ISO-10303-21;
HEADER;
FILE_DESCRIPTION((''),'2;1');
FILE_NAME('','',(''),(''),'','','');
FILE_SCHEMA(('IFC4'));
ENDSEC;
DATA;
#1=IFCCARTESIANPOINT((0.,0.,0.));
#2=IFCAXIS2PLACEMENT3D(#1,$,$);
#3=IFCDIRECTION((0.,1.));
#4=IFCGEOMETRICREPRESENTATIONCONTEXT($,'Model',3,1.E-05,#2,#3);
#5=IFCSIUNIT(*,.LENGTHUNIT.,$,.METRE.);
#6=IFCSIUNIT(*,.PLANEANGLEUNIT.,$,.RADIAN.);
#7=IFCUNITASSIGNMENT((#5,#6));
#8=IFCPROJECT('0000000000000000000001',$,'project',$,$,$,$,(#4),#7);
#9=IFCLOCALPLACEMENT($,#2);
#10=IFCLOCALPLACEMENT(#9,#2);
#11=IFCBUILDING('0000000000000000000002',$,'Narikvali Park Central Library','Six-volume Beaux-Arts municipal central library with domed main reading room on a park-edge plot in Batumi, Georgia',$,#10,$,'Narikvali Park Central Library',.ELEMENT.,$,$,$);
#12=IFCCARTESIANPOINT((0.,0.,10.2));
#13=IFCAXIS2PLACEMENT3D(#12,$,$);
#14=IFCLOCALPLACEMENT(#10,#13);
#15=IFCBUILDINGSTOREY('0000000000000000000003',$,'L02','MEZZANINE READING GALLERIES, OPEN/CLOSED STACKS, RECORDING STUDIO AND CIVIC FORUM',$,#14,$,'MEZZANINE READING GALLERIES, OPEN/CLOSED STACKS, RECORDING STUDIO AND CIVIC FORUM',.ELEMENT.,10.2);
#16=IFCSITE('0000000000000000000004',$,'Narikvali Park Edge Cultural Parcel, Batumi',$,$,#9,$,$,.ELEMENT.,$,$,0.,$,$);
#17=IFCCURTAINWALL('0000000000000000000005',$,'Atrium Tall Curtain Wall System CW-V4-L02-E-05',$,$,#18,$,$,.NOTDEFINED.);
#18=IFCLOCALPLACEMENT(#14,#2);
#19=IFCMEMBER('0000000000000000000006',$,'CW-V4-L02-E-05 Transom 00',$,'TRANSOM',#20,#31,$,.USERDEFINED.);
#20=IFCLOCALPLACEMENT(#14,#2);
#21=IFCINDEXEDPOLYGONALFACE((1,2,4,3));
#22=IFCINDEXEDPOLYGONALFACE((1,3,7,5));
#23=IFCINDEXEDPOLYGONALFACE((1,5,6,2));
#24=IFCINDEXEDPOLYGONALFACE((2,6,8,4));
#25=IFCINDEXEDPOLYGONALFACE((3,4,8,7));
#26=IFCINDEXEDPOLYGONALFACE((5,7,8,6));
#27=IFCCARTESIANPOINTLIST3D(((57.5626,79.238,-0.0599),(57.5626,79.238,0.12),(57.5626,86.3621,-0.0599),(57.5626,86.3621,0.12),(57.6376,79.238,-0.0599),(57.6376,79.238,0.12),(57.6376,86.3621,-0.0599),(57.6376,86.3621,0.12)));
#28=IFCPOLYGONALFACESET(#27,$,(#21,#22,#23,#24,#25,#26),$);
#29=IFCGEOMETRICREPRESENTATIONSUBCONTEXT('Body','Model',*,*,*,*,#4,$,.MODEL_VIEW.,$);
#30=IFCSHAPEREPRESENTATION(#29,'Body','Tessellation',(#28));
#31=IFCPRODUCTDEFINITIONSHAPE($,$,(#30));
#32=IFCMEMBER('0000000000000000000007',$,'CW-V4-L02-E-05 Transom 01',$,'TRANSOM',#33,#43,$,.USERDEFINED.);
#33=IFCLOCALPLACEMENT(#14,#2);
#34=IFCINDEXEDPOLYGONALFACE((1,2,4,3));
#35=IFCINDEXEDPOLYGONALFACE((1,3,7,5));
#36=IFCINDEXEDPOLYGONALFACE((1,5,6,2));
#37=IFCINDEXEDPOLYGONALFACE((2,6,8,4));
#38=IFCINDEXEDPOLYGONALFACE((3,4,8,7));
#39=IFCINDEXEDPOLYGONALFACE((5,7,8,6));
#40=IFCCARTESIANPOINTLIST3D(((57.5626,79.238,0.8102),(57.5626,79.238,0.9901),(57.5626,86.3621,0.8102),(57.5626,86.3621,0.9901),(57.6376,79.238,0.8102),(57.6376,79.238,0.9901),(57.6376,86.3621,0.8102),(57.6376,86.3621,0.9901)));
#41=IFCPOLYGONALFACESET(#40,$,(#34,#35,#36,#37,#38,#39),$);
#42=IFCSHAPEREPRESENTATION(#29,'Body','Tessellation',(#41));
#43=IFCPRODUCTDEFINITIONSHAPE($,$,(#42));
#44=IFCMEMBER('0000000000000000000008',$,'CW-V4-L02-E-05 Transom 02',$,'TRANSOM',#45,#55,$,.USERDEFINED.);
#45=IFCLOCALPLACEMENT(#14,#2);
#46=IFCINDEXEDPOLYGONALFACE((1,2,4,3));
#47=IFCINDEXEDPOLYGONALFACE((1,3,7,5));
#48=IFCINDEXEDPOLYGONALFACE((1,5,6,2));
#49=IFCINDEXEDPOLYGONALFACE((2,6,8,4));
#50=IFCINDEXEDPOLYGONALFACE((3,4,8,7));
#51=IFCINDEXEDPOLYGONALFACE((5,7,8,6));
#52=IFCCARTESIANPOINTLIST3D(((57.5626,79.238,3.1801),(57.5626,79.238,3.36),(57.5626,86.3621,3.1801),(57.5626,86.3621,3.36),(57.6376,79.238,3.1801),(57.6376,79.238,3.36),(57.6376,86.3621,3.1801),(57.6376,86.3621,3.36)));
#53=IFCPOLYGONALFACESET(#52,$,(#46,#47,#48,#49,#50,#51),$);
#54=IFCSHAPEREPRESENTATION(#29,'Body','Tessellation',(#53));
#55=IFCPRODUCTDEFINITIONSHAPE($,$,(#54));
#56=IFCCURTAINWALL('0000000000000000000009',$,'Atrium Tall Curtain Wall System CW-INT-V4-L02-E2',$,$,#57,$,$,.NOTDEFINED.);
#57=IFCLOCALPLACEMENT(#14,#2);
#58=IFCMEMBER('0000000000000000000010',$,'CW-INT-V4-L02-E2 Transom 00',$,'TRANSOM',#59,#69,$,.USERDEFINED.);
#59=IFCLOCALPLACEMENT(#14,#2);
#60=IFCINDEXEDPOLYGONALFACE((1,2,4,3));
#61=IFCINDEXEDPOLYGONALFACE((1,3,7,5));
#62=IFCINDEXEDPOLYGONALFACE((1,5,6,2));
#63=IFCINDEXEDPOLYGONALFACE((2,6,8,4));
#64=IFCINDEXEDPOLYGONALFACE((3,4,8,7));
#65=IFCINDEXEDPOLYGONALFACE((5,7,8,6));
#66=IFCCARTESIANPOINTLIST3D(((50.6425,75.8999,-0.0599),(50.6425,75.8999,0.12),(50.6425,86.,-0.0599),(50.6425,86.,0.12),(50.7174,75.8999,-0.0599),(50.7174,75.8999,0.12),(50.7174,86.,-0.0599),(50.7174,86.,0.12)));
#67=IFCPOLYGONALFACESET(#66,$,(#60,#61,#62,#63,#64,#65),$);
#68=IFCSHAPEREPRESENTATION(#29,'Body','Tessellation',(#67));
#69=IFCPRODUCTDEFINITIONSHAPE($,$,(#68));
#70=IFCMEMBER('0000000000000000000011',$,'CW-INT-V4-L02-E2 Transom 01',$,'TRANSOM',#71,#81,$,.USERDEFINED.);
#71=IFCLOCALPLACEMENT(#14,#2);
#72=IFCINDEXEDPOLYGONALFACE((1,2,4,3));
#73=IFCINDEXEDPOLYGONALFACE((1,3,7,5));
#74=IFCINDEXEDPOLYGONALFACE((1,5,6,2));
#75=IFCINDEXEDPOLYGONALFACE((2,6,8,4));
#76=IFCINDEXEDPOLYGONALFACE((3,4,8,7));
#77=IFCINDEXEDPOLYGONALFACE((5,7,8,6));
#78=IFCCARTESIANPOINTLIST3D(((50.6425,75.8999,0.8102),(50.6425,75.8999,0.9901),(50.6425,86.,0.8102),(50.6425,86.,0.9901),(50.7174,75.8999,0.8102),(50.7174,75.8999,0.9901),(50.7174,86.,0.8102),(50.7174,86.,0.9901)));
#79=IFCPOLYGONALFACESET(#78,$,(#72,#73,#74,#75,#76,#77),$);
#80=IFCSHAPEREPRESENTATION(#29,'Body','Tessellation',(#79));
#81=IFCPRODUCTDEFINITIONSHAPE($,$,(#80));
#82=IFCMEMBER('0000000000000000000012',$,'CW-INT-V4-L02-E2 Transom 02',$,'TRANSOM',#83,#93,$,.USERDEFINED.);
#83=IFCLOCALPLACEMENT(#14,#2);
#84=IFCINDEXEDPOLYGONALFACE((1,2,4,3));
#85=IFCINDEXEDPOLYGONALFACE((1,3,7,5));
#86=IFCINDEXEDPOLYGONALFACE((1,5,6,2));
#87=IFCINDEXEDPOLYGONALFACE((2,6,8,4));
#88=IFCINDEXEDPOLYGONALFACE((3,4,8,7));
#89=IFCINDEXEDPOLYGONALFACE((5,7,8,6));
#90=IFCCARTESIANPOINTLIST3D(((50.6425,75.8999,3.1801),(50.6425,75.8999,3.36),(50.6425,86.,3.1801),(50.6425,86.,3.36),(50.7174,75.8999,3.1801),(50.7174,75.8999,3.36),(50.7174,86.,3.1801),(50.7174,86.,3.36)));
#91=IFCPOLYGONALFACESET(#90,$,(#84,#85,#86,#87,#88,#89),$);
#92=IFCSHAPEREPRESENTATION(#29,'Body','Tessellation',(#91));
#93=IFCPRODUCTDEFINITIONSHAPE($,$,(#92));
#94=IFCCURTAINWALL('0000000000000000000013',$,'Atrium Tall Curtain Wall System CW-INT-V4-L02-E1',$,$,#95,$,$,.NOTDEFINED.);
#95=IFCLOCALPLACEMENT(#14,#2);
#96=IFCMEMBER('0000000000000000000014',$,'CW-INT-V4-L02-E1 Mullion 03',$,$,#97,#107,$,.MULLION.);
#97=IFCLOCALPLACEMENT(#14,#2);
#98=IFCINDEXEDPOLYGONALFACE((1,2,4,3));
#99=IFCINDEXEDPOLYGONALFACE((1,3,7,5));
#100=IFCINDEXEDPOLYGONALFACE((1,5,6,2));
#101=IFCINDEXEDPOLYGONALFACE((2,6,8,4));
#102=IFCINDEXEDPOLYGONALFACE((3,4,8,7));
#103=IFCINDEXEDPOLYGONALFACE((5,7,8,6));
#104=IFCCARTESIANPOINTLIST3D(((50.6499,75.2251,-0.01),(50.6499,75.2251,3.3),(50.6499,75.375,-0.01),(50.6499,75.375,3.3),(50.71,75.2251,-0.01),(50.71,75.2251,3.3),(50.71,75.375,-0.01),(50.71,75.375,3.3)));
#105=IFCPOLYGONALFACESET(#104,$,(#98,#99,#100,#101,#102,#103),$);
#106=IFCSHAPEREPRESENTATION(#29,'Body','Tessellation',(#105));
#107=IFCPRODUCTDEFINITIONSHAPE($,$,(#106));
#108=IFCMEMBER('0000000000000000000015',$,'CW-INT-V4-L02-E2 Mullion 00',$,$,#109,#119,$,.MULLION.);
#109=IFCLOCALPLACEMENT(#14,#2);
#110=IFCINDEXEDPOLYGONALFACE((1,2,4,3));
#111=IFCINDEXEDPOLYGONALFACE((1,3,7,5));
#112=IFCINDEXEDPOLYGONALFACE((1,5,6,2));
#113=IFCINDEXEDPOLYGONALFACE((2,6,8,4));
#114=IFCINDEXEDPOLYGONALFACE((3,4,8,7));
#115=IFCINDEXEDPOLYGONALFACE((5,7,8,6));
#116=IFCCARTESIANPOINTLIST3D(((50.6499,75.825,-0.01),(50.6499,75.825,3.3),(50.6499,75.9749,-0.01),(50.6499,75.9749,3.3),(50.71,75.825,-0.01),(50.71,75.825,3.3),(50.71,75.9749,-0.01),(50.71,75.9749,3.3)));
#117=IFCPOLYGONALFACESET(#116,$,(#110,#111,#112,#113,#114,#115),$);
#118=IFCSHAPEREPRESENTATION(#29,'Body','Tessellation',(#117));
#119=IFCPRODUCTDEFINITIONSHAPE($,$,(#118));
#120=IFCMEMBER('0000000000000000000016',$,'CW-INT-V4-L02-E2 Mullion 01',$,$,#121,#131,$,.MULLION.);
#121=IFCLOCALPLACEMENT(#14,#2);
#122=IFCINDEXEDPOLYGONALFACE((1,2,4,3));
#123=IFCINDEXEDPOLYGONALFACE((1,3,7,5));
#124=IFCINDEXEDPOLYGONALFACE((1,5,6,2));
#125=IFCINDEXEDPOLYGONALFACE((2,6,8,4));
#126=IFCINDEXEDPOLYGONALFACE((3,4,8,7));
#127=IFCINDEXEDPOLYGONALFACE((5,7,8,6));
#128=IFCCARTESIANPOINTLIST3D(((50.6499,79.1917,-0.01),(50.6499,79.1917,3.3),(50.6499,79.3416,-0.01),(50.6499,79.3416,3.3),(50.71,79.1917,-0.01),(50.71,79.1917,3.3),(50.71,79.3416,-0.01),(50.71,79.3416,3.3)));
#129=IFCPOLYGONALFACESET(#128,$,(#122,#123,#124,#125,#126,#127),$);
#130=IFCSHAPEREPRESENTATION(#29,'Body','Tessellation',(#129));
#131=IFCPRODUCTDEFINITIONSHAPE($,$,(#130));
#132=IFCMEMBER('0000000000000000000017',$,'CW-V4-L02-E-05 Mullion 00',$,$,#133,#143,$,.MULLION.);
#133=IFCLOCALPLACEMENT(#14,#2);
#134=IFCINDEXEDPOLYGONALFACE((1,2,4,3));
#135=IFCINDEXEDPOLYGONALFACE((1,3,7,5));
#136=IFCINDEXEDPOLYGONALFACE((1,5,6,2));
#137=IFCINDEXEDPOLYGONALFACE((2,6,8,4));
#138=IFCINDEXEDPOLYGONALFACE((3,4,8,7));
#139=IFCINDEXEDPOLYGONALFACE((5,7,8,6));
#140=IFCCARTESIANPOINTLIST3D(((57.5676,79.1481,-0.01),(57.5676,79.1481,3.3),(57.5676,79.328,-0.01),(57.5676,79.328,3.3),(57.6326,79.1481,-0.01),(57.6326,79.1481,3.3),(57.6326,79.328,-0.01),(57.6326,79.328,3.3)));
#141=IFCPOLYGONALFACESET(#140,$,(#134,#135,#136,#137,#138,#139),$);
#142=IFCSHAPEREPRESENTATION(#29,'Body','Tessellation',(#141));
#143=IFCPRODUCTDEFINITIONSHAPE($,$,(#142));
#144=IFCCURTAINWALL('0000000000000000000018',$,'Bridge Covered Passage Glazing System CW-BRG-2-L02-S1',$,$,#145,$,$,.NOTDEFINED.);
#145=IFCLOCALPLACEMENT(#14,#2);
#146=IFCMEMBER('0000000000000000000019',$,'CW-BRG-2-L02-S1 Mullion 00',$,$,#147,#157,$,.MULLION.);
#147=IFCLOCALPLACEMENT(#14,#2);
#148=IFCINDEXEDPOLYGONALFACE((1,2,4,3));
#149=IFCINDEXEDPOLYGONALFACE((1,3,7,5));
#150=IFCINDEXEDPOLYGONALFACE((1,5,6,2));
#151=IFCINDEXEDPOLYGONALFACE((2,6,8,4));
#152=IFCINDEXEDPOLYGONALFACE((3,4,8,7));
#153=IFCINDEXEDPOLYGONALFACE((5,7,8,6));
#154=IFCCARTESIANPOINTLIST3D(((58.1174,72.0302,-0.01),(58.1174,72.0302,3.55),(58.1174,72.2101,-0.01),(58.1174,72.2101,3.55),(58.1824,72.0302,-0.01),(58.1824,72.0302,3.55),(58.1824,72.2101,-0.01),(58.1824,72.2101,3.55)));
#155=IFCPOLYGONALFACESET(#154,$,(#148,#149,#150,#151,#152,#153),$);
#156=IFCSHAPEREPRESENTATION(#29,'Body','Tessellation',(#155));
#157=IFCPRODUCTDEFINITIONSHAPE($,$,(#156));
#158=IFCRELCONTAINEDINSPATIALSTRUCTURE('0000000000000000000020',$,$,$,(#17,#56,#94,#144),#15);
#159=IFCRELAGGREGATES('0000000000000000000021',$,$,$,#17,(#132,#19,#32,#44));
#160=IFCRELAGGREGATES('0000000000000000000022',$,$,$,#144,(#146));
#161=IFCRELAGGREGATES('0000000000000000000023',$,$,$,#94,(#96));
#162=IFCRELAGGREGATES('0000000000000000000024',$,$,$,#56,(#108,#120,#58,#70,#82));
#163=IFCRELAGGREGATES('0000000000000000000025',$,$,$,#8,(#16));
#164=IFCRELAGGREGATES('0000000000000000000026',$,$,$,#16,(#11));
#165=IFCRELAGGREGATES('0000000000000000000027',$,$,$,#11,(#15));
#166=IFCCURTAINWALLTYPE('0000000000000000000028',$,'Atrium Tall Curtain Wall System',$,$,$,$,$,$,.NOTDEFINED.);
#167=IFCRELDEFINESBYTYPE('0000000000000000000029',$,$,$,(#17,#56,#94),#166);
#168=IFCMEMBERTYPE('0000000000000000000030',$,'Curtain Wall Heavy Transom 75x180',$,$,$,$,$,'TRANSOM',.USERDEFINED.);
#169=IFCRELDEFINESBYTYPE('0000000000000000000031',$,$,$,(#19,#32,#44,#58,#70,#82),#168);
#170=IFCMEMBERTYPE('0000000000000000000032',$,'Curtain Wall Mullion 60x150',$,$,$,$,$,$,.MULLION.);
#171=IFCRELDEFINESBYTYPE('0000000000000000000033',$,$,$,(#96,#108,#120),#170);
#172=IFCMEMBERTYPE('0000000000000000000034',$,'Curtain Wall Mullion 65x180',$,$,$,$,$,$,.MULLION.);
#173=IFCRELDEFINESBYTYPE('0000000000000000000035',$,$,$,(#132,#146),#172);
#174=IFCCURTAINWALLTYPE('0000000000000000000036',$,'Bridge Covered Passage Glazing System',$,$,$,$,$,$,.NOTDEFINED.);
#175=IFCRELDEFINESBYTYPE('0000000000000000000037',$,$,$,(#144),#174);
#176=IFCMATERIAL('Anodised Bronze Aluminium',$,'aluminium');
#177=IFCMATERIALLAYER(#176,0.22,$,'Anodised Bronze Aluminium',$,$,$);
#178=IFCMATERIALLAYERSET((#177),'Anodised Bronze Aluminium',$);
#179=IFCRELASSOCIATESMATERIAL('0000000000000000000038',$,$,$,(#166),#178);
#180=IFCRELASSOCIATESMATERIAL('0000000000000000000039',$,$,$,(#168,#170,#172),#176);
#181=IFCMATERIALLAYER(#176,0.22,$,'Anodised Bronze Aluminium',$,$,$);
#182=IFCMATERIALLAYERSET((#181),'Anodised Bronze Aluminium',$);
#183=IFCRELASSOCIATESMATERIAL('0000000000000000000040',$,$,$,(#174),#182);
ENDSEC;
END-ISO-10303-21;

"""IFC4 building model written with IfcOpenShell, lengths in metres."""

from ifc_helpers import new_model, si_unit, direction, frame, origin, origin_2d, place, context, subcontext, project, spatial, rectangle, extrude, material, layer, layer_set, material_profile, profile_set, type_object, element, aggregate, save


model = new_model("IFC4")

# Units and contexts
model_context = context("Model", 3, precision=1e-05, world=origin(), true_north=direction((0.0, 1.0)))
body_context = subcontext(model_context, "Body", "Model", "MODEL_VIEW")
ifc_project = project(units=[si_unit("LENGTHUNIT", "METRE"), si_unit("PLANEANGLEUNIT", "RADIAN")], contexts=[model_context])

# Site, building, storey
site_placement = place(None, origin())
site = spatial("IfcSite", under=ifc_project, at=site_placement, Name="Narikvali Park Edge Cultural Parcel, Batumi", CompositionType="ELEMENT", RefElevation=0.0)
building_placement = place(site_placement, origin())
building = spatial("IfcBuilding", under=site, at=building_placement, Name="Narikvali Park Central Library", Description="Six-volume Beaux-Arts municipal central library with domed main reading room on a park-edge plot in Batumi, Georgia", LongName="Narikvali Park Central Library", CompositionType="ELEMENT")
storey_placement = place(building_placement, frame((0.0, 0.0, 10.2)))
storey = spatial("IfcBuildingStorey", under=building, at=storey_placement, Name="L02", Description="MEZZANINE READING GALLERIES, OPEN/CLOSED STACKS, RECORDING STUDIO AND CIVIC FORUM", LongName="MEZZANINE READING GALLERIES, OPEN/CLOSED STACKS, RECORDING STUDIO AND CIVIC FORUM", CompositionType="ELEMENT", Elevation=10.2)

# Curtain walls, members
ifc_material_1 = material(Name="Anodised Bronze Aluminium", Category="aluminium")
ifc_layer_1 = layer(ifc_material_1, 0.22, Name="Anodised Bronze Aluminium")
ifc_layer_set_1 = layer_set([ifc_layer_1], Name="Anodised Bronze Aluminium")
curtain_wall_type_1 = type_object("IfcCurtainWallType", Name="Atrium Tall Curtain Wall System", PredefinedType="NOTDEFINED", material=ifc_layer_set_1)
curtain_wall_1_placement = place(storey_placement, origin())
curtain_wall_1 = element("IfcCurtainWall", 1, at=curtain_wall_1_placement, inside=storey, type_object=curtain_wall_type_1, Name="Atrium Tall Curtain Wall System CW-V4-L02-E-05", PredefinedType="NOTDEFINED")
ifc_material_profile_1 = material_profile(ifc_material_1, rectangle(XDim=0.075, YDim=0.1799, at=origin_2d()), Name="CW TRANSOM 75x180")
ifc_profile_set_1 = profile_set([ifc_material_profile_1], Name="Anodised Bronze Aluminium")
member_type_1 = type_object("IfcMemberType", Name="Curtain Wall Heavy Transom 75x180", ElementType="TRANSOM", PredefinedType="USERDEFINED", material=ifc_profile_set_1)
member_1_placement = place(storey_placement, frame((57.6001, 79.238, 0.03), z_axis=(0.0, 1.0, 0.0), x_axis=(-1.0, 0.0, 0.0)))
member_1 = element("IfcMember", 2, at=member_1_placement, type_object=member_type_1, Name="CW-V4-L02-E-05 Transom 00", ObjectType="TRANSOM", PredefinedType="USERDEFINED", context=body_context, shape_type="SweptSolid", body=[
    extrude(rectangle(XDim=0.075, YDim=0.1799, at=origin_2d()), origin(), (0.0, 0.0, 1.0), 7.124),
])
member_2_placement = place(storey_placement, frame((57.6001, 79.238, 0.9001), z_axis=(0.0, 1.0, 0.0), x_axis=(-1.0, 0.0, 0.0)))
member_2 = element("IfcMember", 3, at=member_2_placement, type_object=member_type_1, Name="CW-V4-L02-E-05 Transom 01", ObjectType="TRANSOM", PredefinedType="USERDEFINED", context=body_context, shape_type="SweptSolid", body=[
    extrude(rectangle(XDim=0.075, YDim=0.1799, at=origin_2d()), origin(), (0.0, 0.0, 1.0), 7.124),
])
member_3_placement = place(storey_placement, frame((57.6001, 79.238, 3.27), z_axis=(0.0, 1.0, 0.0), x_axis=(-1.0, 0.0, 0.0)))
member_3 = element("IfcMember", 4, at=member_3_placement, type_object=member_type_1, Name="CW-V4-L02-E-05 Transom 02", ObjectType="TRANSOM", PredefinedType="USERDEFINED", context=body_context, shape_type="SweptSolid", body=[
    extrude(rectangle(XDim=0.075, YDim=0.1799, at=origin_2d()), origin(), (0.0, 0.0, 1.0), 7.124),
])
curtain_wall_2_placement = place(storey_placement, origin())
curtain_wall_2 = element("IfcCurtainWall", 5, at=curtain_wall_2_placement, inside=storey, type_object=curtain_wall_type_1, Name="Atrium Tall Curtain Wall System CW-INT-V4-L02-E2", PredefinedType="NOTDEFINED")
member_4_placement = place(storey_placement, frame((50.6799, 75.8999, 0.03), z_axis=(0.0, 1.0, 0.0), x_axis=(-1.0, 0.0, 0.0)))
member_4 = element("IfcMember", 6, at=member_4_placement, type_object=member_type_1, Name="CW-INT-V4-L02-E2 Transom 00", ObjectType="TRANSOM", PredefinedType="USERDEFINED", context=body_context, shape_type="SweptSolid", body=[
    extrude(rectangle(XDim=0.075, YDim=0.1799, at=origin_2d()), origin(), (0.0, 0.0, 1.0), 10.1001),
])
member_5_placement = place(storey_placement, frame((50.6799, 75.8999, 0.9001), z_axis=(0.0, 1.0, 0.0), x_axis=(-1.0, 0.0, 0.0)))
member_5 = element("IfcMember", 7, at=member_5_placement, type_object=member_type_1, Name="CW-INT-V4-L02-E2 Transom 01", ObjectType="TRANSOM", PredefinedType="USERDEFINED", context=body_context, shape_type="SweptSolid", body=[
    extrude(rectangle(XDim=0.075, YDim=0.1799, at=origin_2d()), origin(), (0.0, 0.0, 1.0), 10.1001),
])
member_6_placement = place(storey_placement, frame((50.6799, 75.8999, 3.27), z_axis=(0.0, 1.0, 0.0), x_axis=(-1.0, 0.0, 0.0)))
member_6 = element("IfcMember", 8, at=member_6_placement, type_object=member_type_1, Name="CW-INT-V4-L02-E2 Transom 02", ObjectType="TRANSOM", PredefinedType="USERDEFINED", context=body_context, shape_type="SweptSolid", body=[
    extrude(rectangle(XDim=0.075, YDim=0.1799, at=origin_2d()), origin(), (0.0, 0.0, 1.0), 10.1001),
])

# Curtain wall, member
curtain_wall_3_placement = place(storey_placement, origin())
curtain_wall_3 = element("IfcCurtainWall", 9, at=curtain_wall_3_placement, inside=storey, type_object=curtain_wall_type_1, Name="Atrium Tall Curtain Wall System CW-INT-V4-L02-E1", PredefinedType="NOTDEFINED")
ifc_material_profile_2 = material_profile(ifc_material_1, rectangle(XDim=0.0601, YDim=0.1499, at=origin_2d()), Name="CW MULLION 60x150")
ifc_profile_set_2 = profile_set([ifc_material_profile_2], Name="Anodised Bronze Aluminium")
member_type_2 = type_object("IfcMemberType", Name="Curtain Wall Mullion 60x150", PredefinedType="MULLION", material=ifc_profile_set_2)
member_7_placement = place(storey_placement, frame((50.6799, 75.3, -0.01), z_axis=(0.0, 0.0, 1.0), x_axis=(1.0, 0.0, 0.0)))
member_7 = element("IfcMember", 10, at=member_7_placement, type_object=member_type_2, Name="CW-INT-V4-L02-E1 Mullion 03", PredefinedType="MULLION", context=body_context, shape_type="SweptSolid", body=[
    extrude(rectangle(XDim=0.0601, YDim=0.1499, at=origin_2d()), origin(), (0.0, 0.0, 1.0), 3.3101),
])

# Members
member_8_placement = place(storey_placement, frame((50.6799, 75.8999, -0.01), z_axis=(0.0, 0.0, 1.0), x_axis=(1.0, 0.0, 0.0)))
member_8 = element("IfcMember", 11, at=member_8_placement, type_object=member_type_2, Name="CW-INT-V4-L02-E2 Mullion 00", PredefinedType="MULLION", context=body_context, shape_type="SweptSolid", body=[
    extrude(rectangle(XDim=0.0601, YDim=0.1499, at=origin_2d()), origin(), (0.0, 0.0, 1.0), 3.3101),
])
member_9_placement = place(storey_placement, frame((50.6799, 79.2666, -0.01), z_axis=(0.0, 0.0, 1.0), x_axis=(1.0, 0.0, 0.0)))
member_9 = element("IfcMember", 12, at=member_9_placement, type_object=member_type_2, Name="CW-INT-V4-L02-E2 Mullion 01", PredefinedType="MULLION", context=body_context, shape_type="SweptSolid", body=[
    extrude(rectangle(XDim=0.0601, YDim=0.1499, at=origin_2d()), origin(), (0.0, 0.0, 1.0), 3.3101),
])
ifc_material_profile_3 = material_profile(ifc_material_1, rectangle(XDim=0.0649, YDim=0.1799, at=origin_2d()), Name="CW MULLION 65x180")
ifc_profile_set_3 = profile_set([ifc_material_profile_3], Name="Anodised Bronze Aluminium")
member_type_3 = type_object("IfcMemberType", Name="Curtain Wall Mullion 65x180", PredefinedType="MULLION", material=ifc_profile_set_3)
member_10_placement = place(storey_placement, frame((57.6001, 79.238, -0.01), z_axis=(0.0, 0.0, 1.0), x_axis=(1.0, 0.0, 0.0)))
member_10 = element("IfcMember", 13, at=member_10_placement, type_object=member_type_3, Name="CW-V4-L02-E-05 Mullion 00", PredefinedType="MULLION", context=body_context, shape_type="SweptSolid", body=[
    extrude(rectangle(XDim=0.0649, YDim=0.1799, at=origin_2d()), origin(), (0.0, 0.0, 1.0), 3.3101),
])
aggregate(curtain_wall_1, [member_10, member_1, member_2, member_3])

# Curtain wall, member
ifc_layer_2 = layer(ifc_material_1, 0.22, Name="Anodised Bronze Aluminium")
ifc_layer_set_2 = layer_set([ifc_layer_2], Name="Anodised Bronze Aluminium")
curtain_wall_type_2 = type_object("IfcCurtainWallType", Name="Bridge Covered Passage Glazing System", PredefinedType="NOTDEFINED", material=ifc_layer_set_2)
curtain_wall_4_placement = place(storey_placement, origin())
curtain_wall_4 = element("IfcCurtainWall", 14, at=curtain_wall_4_placement, inside=storey, type_object=curtain_wall_type_2, Name="Bridge Covered Passage Glazing System CW-BRG-2-L02-S1", PredefinedType="NOTDEFINED")
member_11_placement = place(storey_placement, frame((58.1499, 72.1201, -0.01), z_axis=(0.0, 0.0, 1.0), x_axis=(1.0, 0.0, 0.0)))
member_11 = element("IfcMember", 15, at=member_11_placement, type_object=member_type_3, Name="CW-BRG-2-L02-S1 Mullion 00", PredefinedType="MULLION", context=body_context, shape_type="SweptSolid", body=[
    extrude(rectangle(XDim=0.0649, YDim=0.1799, at=origin_2d()), origin(), (0.0, 0.0, 1.0), 3.5601),
])
aggregate(curtain_wall_4, [member_11])

aggregate(curtain_wall_3, [member_7])
aggregate(curtain_wall_2, [member_8, member_9, member_4, member_5, member_6])

save(model, "model.ifc")
